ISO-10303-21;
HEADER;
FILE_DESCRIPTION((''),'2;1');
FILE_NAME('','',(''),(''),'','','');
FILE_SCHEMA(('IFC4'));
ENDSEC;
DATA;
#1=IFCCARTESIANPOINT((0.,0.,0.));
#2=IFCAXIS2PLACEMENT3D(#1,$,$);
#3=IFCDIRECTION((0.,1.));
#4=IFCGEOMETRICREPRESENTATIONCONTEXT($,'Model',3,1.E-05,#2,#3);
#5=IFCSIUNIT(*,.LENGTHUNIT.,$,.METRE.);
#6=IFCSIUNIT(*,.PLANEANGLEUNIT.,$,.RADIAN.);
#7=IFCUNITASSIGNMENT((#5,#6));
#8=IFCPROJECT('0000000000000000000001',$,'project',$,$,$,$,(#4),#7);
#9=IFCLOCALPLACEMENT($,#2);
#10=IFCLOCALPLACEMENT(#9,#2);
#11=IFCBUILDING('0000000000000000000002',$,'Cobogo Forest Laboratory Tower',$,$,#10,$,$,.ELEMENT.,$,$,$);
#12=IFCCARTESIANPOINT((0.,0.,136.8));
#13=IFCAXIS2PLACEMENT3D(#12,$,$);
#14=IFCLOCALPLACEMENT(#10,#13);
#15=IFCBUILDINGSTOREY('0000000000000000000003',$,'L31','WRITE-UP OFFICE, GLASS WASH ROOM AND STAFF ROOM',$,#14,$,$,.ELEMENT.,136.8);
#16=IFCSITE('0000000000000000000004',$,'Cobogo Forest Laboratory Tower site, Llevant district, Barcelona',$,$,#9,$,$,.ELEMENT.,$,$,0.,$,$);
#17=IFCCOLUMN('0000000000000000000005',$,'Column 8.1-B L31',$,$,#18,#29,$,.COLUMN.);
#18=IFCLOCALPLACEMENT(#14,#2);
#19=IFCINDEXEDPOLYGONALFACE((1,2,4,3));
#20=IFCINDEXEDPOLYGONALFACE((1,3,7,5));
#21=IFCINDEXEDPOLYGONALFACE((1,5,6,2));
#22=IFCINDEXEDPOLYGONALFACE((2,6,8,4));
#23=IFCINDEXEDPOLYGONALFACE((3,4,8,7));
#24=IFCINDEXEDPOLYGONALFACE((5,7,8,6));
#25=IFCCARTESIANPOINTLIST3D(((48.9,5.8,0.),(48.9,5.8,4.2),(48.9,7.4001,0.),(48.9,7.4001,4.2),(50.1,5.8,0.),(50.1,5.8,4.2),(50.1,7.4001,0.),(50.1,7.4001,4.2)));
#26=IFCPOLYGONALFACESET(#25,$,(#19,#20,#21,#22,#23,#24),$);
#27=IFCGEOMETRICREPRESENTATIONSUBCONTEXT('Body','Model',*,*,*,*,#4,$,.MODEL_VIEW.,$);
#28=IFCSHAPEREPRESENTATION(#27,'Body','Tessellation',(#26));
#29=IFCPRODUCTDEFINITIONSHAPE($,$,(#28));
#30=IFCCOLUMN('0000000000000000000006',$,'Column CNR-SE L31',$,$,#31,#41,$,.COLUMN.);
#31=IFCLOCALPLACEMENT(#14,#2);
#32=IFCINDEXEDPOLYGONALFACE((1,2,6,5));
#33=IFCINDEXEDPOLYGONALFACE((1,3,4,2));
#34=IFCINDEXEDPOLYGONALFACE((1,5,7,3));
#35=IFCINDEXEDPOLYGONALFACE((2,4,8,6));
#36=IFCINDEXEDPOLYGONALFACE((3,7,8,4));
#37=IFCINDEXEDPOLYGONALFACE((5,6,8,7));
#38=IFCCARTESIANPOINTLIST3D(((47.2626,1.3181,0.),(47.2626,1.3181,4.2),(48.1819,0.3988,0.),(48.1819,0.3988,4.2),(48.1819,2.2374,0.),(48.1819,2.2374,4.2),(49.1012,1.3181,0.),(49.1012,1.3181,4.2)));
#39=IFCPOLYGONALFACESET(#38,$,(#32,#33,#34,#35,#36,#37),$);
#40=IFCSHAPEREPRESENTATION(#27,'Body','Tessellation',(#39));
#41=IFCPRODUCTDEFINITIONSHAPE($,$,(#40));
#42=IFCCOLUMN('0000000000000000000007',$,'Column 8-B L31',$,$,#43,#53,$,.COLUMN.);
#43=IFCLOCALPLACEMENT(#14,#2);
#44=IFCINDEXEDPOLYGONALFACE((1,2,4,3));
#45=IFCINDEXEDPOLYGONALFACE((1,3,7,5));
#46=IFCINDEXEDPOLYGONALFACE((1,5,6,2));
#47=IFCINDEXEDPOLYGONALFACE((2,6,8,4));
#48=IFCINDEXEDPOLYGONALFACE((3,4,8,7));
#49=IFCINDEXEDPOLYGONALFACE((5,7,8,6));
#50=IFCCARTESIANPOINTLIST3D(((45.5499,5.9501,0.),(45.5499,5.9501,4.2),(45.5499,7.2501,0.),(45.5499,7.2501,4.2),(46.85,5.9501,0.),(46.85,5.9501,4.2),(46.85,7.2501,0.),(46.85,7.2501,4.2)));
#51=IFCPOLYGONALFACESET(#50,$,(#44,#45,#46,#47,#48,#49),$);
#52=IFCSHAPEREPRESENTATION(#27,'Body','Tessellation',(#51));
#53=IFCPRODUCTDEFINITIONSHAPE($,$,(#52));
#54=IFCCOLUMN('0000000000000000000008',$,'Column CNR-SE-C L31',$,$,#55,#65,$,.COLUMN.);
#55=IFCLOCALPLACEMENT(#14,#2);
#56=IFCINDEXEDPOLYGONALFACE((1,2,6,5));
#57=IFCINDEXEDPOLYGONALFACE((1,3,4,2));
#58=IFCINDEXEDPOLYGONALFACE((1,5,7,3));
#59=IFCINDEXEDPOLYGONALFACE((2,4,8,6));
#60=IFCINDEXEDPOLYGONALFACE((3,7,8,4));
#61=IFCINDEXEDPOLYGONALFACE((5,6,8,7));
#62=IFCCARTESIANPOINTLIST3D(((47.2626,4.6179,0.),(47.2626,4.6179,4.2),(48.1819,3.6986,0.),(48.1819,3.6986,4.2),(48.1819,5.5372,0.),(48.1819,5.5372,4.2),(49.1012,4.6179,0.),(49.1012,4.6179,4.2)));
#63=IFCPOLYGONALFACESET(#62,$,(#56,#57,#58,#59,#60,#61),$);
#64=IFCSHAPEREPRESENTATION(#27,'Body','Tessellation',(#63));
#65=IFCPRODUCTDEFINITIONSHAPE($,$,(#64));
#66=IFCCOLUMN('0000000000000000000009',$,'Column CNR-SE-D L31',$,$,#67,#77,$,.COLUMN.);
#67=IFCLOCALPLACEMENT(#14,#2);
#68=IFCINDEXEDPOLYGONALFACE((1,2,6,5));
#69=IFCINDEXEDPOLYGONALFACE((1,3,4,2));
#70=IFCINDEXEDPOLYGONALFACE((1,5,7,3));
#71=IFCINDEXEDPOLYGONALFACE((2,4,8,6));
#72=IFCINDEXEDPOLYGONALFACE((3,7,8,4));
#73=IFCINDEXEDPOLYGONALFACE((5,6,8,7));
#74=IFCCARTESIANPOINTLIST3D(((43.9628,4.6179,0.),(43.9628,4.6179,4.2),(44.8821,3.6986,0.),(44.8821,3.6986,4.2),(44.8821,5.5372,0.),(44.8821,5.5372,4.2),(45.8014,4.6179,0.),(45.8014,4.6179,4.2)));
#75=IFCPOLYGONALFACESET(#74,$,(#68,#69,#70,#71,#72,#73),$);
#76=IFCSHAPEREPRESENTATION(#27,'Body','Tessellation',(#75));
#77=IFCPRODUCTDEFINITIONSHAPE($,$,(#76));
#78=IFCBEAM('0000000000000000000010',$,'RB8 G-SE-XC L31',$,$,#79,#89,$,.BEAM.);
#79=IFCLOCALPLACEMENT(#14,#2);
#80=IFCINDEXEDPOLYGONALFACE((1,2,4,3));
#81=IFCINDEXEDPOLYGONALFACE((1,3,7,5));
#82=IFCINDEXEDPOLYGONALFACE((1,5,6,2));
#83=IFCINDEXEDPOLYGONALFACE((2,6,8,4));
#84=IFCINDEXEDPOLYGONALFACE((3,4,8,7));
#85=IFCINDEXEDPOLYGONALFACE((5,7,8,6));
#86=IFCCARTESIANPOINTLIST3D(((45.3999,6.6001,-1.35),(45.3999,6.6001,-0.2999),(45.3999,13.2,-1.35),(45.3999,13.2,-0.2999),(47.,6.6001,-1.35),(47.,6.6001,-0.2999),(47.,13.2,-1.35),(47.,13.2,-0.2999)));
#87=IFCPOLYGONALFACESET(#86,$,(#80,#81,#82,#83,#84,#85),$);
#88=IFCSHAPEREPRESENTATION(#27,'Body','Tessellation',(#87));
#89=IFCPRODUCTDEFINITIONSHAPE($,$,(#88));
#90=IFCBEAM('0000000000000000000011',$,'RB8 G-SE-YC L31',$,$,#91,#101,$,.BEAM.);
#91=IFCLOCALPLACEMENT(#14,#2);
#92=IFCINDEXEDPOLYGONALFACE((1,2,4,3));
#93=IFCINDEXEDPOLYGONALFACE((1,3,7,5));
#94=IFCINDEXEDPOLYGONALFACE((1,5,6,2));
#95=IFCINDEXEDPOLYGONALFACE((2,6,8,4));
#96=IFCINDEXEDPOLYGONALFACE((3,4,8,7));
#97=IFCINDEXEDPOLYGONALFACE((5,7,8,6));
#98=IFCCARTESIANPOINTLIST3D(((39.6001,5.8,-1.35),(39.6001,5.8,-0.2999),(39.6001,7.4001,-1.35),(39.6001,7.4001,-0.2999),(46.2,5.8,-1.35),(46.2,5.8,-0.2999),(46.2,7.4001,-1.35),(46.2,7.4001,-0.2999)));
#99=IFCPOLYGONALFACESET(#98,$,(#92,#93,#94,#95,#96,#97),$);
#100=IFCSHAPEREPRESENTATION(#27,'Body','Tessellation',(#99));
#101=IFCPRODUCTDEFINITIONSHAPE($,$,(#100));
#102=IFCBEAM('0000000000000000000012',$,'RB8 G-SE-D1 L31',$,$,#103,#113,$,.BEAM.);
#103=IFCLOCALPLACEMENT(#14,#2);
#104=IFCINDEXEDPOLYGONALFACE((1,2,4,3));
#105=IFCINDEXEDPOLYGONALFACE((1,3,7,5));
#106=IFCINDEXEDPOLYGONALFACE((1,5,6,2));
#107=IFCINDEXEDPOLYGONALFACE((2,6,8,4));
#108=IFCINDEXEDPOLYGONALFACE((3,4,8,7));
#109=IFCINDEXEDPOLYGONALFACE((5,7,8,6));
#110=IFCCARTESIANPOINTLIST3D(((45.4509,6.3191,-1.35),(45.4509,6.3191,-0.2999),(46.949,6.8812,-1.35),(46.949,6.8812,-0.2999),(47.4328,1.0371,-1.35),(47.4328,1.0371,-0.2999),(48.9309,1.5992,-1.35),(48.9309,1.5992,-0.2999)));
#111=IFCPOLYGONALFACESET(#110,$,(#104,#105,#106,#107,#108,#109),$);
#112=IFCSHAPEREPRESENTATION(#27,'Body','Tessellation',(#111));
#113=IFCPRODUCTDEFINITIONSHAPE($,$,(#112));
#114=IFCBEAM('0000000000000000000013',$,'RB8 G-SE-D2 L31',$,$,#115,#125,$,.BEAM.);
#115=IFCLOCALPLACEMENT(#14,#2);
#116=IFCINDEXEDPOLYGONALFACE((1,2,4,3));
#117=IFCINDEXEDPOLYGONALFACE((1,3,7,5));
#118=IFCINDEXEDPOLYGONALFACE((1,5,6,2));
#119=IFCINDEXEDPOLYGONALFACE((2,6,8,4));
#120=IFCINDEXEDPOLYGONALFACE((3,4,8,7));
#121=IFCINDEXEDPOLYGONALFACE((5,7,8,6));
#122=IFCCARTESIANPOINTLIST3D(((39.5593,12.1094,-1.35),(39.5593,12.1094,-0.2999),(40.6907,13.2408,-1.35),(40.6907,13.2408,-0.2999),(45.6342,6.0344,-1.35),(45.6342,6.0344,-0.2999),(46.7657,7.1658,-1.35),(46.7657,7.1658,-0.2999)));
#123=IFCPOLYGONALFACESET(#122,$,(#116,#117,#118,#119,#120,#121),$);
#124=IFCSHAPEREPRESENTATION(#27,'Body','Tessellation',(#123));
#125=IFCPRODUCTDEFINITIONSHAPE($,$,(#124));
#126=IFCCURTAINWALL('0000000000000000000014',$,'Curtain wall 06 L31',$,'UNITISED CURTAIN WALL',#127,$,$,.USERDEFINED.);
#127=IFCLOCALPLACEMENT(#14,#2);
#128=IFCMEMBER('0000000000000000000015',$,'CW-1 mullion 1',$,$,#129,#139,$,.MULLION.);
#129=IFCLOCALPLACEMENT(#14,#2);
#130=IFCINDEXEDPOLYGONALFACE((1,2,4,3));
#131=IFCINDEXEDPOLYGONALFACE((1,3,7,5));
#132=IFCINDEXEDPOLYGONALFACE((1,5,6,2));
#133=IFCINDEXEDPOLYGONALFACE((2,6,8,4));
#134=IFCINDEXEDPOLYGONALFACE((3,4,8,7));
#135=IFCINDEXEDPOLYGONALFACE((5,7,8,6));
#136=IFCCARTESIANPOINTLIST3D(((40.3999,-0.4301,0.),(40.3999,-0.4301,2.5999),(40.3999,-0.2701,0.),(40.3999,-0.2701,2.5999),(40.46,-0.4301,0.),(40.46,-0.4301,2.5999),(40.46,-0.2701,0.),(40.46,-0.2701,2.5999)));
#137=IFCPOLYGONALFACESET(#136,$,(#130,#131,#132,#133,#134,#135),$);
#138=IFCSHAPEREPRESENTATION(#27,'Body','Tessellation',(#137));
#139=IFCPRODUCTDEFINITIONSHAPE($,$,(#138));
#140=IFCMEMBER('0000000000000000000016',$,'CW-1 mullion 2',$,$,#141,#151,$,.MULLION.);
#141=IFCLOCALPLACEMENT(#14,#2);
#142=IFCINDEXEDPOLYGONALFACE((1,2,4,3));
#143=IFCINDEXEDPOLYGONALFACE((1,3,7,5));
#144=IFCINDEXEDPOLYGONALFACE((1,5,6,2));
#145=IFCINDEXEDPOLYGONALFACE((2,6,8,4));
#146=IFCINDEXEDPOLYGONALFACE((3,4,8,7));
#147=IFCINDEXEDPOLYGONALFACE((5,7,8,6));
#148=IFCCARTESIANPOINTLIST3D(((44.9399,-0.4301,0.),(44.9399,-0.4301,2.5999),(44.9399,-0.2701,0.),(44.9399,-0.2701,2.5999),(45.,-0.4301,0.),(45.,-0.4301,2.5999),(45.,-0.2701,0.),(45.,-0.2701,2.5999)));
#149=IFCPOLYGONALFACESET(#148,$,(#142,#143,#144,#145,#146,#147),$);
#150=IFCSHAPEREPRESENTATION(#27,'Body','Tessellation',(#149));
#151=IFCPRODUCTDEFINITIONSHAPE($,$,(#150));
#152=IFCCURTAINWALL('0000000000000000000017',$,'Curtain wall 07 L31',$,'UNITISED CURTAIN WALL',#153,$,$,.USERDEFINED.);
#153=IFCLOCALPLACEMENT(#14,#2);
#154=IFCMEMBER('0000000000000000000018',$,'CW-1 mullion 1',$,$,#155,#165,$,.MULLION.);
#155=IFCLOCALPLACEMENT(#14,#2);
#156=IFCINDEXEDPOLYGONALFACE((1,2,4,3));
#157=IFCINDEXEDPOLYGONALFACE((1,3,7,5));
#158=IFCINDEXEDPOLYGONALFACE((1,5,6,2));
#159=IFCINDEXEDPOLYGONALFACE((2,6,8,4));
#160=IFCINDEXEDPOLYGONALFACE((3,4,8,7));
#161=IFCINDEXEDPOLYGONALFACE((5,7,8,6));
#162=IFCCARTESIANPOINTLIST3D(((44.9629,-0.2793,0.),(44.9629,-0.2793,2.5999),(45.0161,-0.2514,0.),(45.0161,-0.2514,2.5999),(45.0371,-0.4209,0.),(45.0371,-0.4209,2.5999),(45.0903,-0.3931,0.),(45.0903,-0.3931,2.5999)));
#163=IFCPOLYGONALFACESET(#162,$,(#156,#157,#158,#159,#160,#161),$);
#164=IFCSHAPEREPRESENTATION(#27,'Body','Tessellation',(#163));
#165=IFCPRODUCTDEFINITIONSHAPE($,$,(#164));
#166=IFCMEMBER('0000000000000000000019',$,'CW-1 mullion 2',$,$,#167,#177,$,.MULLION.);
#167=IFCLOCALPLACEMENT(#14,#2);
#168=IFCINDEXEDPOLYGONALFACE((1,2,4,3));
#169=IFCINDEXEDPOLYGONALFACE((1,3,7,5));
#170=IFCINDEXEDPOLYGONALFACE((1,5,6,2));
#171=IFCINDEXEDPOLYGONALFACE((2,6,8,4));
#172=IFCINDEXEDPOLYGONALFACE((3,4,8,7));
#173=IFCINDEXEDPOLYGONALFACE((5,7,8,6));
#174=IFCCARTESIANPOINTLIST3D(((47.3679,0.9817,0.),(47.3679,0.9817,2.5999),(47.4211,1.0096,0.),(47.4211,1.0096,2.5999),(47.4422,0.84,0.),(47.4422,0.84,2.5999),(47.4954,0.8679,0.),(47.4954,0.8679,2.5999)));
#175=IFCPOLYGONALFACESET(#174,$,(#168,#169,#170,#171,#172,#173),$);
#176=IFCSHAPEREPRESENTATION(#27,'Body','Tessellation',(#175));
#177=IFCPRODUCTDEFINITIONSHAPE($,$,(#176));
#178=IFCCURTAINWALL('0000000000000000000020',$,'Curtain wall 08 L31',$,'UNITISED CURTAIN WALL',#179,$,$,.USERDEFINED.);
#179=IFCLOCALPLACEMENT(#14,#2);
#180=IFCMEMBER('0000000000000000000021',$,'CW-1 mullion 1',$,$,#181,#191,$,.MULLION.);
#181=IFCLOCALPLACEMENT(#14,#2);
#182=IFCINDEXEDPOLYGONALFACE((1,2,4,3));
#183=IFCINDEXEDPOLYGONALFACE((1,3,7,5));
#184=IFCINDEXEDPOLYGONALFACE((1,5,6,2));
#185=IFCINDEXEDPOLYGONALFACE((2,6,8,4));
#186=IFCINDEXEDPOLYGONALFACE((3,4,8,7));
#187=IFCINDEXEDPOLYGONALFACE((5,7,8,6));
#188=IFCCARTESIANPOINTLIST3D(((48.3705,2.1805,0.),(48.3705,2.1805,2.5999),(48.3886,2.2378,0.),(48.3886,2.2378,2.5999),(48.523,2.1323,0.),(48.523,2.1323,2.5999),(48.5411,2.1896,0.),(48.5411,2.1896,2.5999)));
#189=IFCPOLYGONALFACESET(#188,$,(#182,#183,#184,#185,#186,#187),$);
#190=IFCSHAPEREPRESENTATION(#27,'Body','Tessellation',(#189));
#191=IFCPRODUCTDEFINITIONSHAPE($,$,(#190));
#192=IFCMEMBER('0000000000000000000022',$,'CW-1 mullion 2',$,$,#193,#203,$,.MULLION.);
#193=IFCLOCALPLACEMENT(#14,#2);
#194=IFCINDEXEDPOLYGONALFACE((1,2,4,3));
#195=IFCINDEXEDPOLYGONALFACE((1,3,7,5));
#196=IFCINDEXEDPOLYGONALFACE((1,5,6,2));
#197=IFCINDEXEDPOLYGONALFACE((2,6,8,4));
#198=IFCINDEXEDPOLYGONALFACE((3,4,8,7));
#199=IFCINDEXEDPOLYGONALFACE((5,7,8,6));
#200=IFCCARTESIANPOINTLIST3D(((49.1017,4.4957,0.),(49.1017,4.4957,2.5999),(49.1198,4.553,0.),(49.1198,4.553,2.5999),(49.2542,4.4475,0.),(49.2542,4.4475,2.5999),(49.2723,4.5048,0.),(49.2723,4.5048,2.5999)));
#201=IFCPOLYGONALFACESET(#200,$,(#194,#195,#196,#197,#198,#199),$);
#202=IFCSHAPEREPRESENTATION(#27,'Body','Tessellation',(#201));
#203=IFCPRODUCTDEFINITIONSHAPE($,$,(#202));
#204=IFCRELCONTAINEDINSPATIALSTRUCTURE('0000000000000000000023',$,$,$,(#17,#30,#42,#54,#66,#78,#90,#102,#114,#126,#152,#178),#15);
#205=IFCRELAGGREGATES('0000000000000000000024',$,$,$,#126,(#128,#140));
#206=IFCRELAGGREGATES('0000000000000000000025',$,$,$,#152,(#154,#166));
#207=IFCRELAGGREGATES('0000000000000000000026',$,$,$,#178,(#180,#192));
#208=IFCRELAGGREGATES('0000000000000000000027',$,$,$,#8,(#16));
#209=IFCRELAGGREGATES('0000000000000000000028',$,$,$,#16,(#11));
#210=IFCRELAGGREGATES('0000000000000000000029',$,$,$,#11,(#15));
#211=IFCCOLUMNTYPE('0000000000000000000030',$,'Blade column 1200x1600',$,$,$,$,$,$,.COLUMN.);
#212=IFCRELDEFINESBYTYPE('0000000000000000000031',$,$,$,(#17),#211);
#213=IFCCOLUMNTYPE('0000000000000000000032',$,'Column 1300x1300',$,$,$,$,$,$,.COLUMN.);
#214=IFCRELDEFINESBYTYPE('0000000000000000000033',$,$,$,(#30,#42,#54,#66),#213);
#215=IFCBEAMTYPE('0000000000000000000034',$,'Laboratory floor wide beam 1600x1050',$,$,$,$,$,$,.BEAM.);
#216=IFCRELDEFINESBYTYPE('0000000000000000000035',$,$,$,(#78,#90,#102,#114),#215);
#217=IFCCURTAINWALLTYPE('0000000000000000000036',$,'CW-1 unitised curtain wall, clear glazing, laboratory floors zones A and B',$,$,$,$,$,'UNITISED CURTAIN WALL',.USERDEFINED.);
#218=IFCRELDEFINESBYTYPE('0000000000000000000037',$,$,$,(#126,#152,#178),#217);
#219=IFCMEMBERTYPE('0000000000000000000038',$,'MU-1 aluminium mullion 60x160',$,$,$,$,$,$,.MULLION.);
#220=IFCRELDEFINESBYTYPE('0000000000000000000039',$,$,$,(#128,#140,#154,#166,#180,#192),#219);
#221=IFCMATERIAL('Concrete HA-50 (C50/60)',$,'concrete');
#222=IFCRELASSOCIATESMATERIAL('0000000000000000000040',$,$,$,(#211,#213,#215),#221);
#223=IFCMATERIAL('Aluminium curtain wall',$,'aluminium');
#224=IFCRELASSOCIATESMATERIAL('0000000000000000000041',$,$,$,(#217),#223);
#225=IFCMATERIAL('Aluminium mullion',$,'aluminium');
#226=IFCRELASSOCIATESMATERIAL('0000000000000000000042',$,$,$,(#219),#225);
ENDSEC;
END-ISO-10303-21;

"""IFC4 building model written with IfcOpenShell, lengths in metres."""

from ifc_helpers import new_model, si_unit, direction, frame, origin, origin_2d, place, context, subcontext, project, spatial, rectangle, extrude, material, material_profile, profile_set, type_object, element, aggregate, save


model = new_model("IFC4")

# Units and contexts
model_context = context("Model", 3, precision=1e-05, world=origin(), true_north=direction((0.0, 1.0)))
body_context = subcontext(model_context, "Body", "Model", "MODEL_VIEW")
ifc_project = project(units=[si_unit("LENGTHUNIT", "METRE"), si_unit("PLANEANGLEUNIT", "RADIAN")], contexts=[model_context])

# Site, building, storey
site_placement = place(None, origin())
site = spatial("IfcSite", under=ifc_project, at=site_placement, Name="Cobogo Forest Laboratory Tower site, Llevant district, Barcelona", CompositionType="ELEMENT", RefElevation=0.0)
building_placement = place(site_placement, origin())
building = spatial("IfcBuilding", under=site, at=building_placement, Name="Cobogo Forest Laboratory Tower", CompositionType="ELEMENT")
storey_placement = place(building_placement, frame((0.0, 0.0, 136.8)))
storey = spatial("IfcBuildingStorey", under=building, at=storey_placement, Name="L31", Description="WRITE-UP OFFICE, GLASS WASH ROOM AND STAFF ROOM", CompositionType="ELEMENT", Elevation=136.8)

# Columns
ifc_material_1 = material(Name="Concrete HA-50 (C50/60)", Category="concrete")
ifc_material_profile_1 = material_profile(ifc_material_1, rectangle(XDim=1.6001, YDim=1.2, at=origin_2d()), Name="RC 1200x1600")
ifc_profile_set_1 = profile_set([ifc_material_profile_1], Name="Concrete HA-50 (C50/60)")
column_type_1 = type_object("IfcColumnType", Name="Blade column 1200x1600", PredefinedType="COLUMN", material=ifc_profile_set_1)
column_placement = place(storey_placement, frame((49.5, 6.6001, 0.0), z_axis=(0.0, 0.0, 1.0), x_axis=(0.0, 1.0, 0.0)))
element("IfcColumn", 1, at=column_placement, inside=storey, type_object=column_type_1, Name="Column 8.1-B L31", PredefinedType="COLUMN", context=body_context, shape_type="SweptSolid", body=[
    extrude(rectangle(XDim=1.6001, YDim=1.2, at=origin_2d()), origin(), (0.0, 0.0, 1.0), 4.2),
])
ifc_material_profile_2 = material_profile(ifc_material_1, rectangle(XDim=1.3, YDim=1.3, at=origin_2d()), Name="RC 1300x1300")
ifc_profile_set_2 = profile_set([ifc_material_profile_2], Name="Concrete HA-50 (C50/60)")
column_type_2 = type_object("IfcColumnType", Name="Column 1300x1300", PredefinedType="COLUMN", material=ifc_profile_set_2)
for number, where, z_axis, x_axis, name in (
    (2, (48.1819, 1.3181, 0.0), (0.0, 0.0, 1.0), (0.707107, 0.707107, 0.0), "Column CNR-SE L31"),
    (3, (46.2, 6.6001, 0.0), (0.0, 0.0, 1.0), (1.0, 0.0, 0.0), "Column 8-B L31"),
    (4, (48.1819, 4.6179, 0.0), (0.0, 0.0, 1.0), (0.707107, 0.707107, 0.0), "Column CNR-SE-C L31"),
    (5, (44.8821, 4.6179, 0.0), (0.0, 0.0, 1.0), (0.707107, 0.707107, 0.0), "Column CNR-SE-D L31"),
):
    element("IfcColumn", number, at=place(storey_placement, frame(where, z_axis=z_axis, x_axis=x_axis)), inside=storey, type_object=column_type_2, Name=name, PredefinedType="COLUMN", context=body_context, shape_type="SweptSolid", body=[
        extrude(rectangle(XDim=1.3, YDim=1.3, at=origin_2d()), origin(), (0.0, 0.0, 1.0), 4.2),
    ])

# Beams
ifc_material_profile_3 = material_profile(ifc_material_1, rectangle(XDim=1.6001, YDim=1.05, at=origin_2d()), Name="RC 1600x1050")
ifc_profile_set_3 = profile_set([ifc_material_profile_3], Name="Concrete HA-50 (C50/60)")
beam_type_1 = type_object("IfcBeamType", Name="Laboratory floor wide beam 1600x1050", PredefinedType="BEAM", material=ifc_profile_set_3)
for number, where, z_axis, x_axis, name in (
    (6, (46.2, 6.6001, -0.825), (0.0, 1.0, 0.0), (-1.0, 0.0, 0.0), "RB8 G-SE-XC L31"),
    (7, (46.2, 6.6001, -0.825), (-1.0, 0.0, 0.0), (0.0, -1.0, 0.0), "RB8 G-SE-YC L31"),
):
    element("IfcBeam", number, at=place(storey_placement, frame(where, z_axis=z_axis, x_axis=x_axis)), inside=storey, type_object=beam_type_1, Name=name, PredefinedType="BEAM", context=body_context, shape_type="SweptSolid", body=[
        extrude(rectangle(XDim=1.6001, YDim=1.05, at=origin_2d()), origin(), (0.0, 0.0, 1.0), 6.5999),
    ])
beam_1_placement = place(storey_placement, frame((48.1819, 1.3181, -0.825), z_axis=(-0.351308, 0.93626, 0.0), x_axis=(-0.93626, -0.351308, 0.0)))
element("IfcBeam", 8, at=beam_1_placement, inside=storey, type_object=beam_type_1, Name="RB8 G-SE-D1 L31", PredefinedType="BEAM", context=body_context, shape_type="SweptSolid", body=[
    extrude(rectangle(XDim=1.6001, YDim=1.05, at=origin_2d()), origin(), (0.0, 0.0, 1.0), 5.6416),
])
beam_2_placement = place(storey_placement, frame((46.2, 6.6001, -0.825), z_axis=(-0.707107, 0.707107, 0.0), x_axis=(-0.707107, -0.707107, 0.0)))
element("IfcBeam", 9, at=beam_2_placement, inside=storey, type_object=beam_type_1, Name="RB8 G-SE-D2 L31", PredefinedType="BEAM", context=body_context, shape_type="SweptSolid", body=[
    extrude(rectangle(XDim=1.6001, YDim=1.05, at=origin_2d()), origin(), (0.0, 0.0, 1.0), 8.5913),
])

# Curtain walls, members
ifc_material_2 = material(Name="Aluminium curtain wall", Category="aluminium")
curtain_wall_type = type_object("IfcCurtainWallType", Name="CW-1 unitised curtain wall, clear glazing, laboratory floors zones A and B", ElementType="UNITISED CURTAIN WALL", PredefinedType="USERDEFINED", material=ifc_material_2)
curtain_wall_1_placement = place(storey_placement, origin())
curtain_wall_1 = element("IfcCurtainWall", 10, at=curtain_wall_1_placement, inside=storey, type_object=curtain_wall_type, Name="Curtain wall 06 L31", ObjectType="UNITISED CURTAIN WALL", PredefinedType="USERDEFINED")
ifc_material_3 = material(Name="Aluminium mullion", Category="aluminium")
ifc_material_profile_4 = material_profile(ifc_material_3, rectangle(XDim=0.0601, YDim=0.1599, at=origin_2d()), Name="AL 60x160")
ifc_profile_set_4 = profile_set([ifc_material_profile_4], Name="Aluminium mullion")
member_type_1 = type_object("IfcMemberType", Name="MU-1 aluminium mullion 60x160", PredefinedType="MULLION", material=ifc_profile_set_4)
member_1_placement = place(storey_placement, frame((40.4299, -0.3501, 0.0), z_axis=(0.0, 0.0, 1.0), x_axis=(1.0, 0.0, 0.0)))
member_1 = element("IfcMember", 11, at=member_1_placement, type_object=member_type_1, Name="CW-1 mullion 1", PredefinedType="MULLION", context=body_context, shape_type="SweptSolid", body=[
    extrude(rectangle(XDim=0.0601, YDim=0.1599, at=origin_2d()), origin(), (0.0, 0.0, 1.0), 2.5999),
])
member_2_placement = place(storey_placement, frame((44.97, -0.3501, 0.0), z_axis=(0.0, 0.0, 1.0), x_axis=(1.0, 0.0, 0.0)))
member_2 = element("IfcMember", 12, at=member_2_placement, type_object=member_type_1, Name="CW-1 mullion 2", PredefinedType="MULLION", context=body_context, shape_type="SweptSolid", body=[
    extrude(rectangle(XDim=0.0601, YDim=0.1599, at=origin_2d()), origin(), (0.0, 0.0, 1.0), 2.5999),
])
curtain_wall_2_placement = place(storey_placement, origin())
curtain_wall_2 = element("IfcCurtainWall", 13, at=curtain_wall_2_placement, inside=storey, type_object=curtain_wall_type, Name="Curtain wall 07 L31", ObjectType="UNITISED CURTAIN WALL", PredefinedType="USERDEFINED")
member_3_placement = place(storey_placement, frame((45.0266, -0.3362, 0.0), z_axis=(0.0, 0.0, 1.0), x_axis=(0.885687, 0.464284, 0.0)))
member_3 = element("IfcMember", 14, at=member_3_placement, type_object=member_type_1, Name="CW-1 mullion 1", PredefinedType="MULLION", context=body_context, shape_type="SweptSolid", body=[
    extrude(rectangle(XDim=0.0601, YDim=0.1599, at=origin_2d()), origin(), (0.0, 0.0, 1.0), 2.5999),
])
member_4_placement = place(storey_placement, frame((47.4316, 0.9248, 0.0), z_axis=(0.0, 0.0, 1.0), x_axis=(0.885687, 0.464284, 0.0)))
member_4 = element("IfcMember", 15, at=member_4_placement, type_object=member_type_1, Name="CW-1 mullion 2", PredefinedType="MULLION", context=body_context, shape_type="SweptSolid", body=[
    extrude(rectangle(XDim=0.0601, YDim=0.1599, at=origin_2d()), origin(), (0.0, 0.0, 1.0), 2.5999),
])
curtain_wall_3_placement = place(storey_placement, origin())
curtain_wall_3 = element("IfcCurtainWall", 16, at=curtain_wall_3_placement, inside=storey, type_object=curtain_wall_type, Name="Curtain wall 08 L31", ObjectType="UNITISED CURTAIN WALL", PredefinedType="USERDEFINED")
member_5_placement = place(storey_placement, frame((48.4558, 2.1851, 0.0), z_axis=(0.0, 0.0, 1.0), x_axis=(0.301135, 0.953581, 0.0)))
member_5 = element("IfcMember", 17, at=member_5_placement, type_object=member_type_1, Name="CW-1 mullion 1", PredefinedType="MULLION", context=body_context, shape_type="SweptSolid", body=[
    extrude(rectangle(XDim=0.0601, YDim=0.1599, at=origin_2d()), origin(), (0.0, 0.0, 1.0), 2.5999),
])
member_6_placement = place(storey_placement, frame((49.187, 4.5002, 0.0), z_axis=(0.0, 0.0, 1.0), x_axis=(0.301135, 0.953581, 0.0)))
member_6 = element("IfcMember", 18, at=member_6_placement, type_object=member_type_1, Name="CW-1 mullion 2", PredefinedType="MULLION", context=body_context, shape_type="SweptSolid", body=[
    extrude(rectangle(XDim=0.0601, YDim=0.1599, at=origin_2d()), origin(), (0.0, 0.0, 1.0), 2.5999),
])

aggregate(curtain_wall_1, [member_1, member_2])
aggregate(curtain_wall_2, [member_3, member_4])
aggregate(curtain_wall_3, [member_5, member_6])

save(model, "model.ifc")
